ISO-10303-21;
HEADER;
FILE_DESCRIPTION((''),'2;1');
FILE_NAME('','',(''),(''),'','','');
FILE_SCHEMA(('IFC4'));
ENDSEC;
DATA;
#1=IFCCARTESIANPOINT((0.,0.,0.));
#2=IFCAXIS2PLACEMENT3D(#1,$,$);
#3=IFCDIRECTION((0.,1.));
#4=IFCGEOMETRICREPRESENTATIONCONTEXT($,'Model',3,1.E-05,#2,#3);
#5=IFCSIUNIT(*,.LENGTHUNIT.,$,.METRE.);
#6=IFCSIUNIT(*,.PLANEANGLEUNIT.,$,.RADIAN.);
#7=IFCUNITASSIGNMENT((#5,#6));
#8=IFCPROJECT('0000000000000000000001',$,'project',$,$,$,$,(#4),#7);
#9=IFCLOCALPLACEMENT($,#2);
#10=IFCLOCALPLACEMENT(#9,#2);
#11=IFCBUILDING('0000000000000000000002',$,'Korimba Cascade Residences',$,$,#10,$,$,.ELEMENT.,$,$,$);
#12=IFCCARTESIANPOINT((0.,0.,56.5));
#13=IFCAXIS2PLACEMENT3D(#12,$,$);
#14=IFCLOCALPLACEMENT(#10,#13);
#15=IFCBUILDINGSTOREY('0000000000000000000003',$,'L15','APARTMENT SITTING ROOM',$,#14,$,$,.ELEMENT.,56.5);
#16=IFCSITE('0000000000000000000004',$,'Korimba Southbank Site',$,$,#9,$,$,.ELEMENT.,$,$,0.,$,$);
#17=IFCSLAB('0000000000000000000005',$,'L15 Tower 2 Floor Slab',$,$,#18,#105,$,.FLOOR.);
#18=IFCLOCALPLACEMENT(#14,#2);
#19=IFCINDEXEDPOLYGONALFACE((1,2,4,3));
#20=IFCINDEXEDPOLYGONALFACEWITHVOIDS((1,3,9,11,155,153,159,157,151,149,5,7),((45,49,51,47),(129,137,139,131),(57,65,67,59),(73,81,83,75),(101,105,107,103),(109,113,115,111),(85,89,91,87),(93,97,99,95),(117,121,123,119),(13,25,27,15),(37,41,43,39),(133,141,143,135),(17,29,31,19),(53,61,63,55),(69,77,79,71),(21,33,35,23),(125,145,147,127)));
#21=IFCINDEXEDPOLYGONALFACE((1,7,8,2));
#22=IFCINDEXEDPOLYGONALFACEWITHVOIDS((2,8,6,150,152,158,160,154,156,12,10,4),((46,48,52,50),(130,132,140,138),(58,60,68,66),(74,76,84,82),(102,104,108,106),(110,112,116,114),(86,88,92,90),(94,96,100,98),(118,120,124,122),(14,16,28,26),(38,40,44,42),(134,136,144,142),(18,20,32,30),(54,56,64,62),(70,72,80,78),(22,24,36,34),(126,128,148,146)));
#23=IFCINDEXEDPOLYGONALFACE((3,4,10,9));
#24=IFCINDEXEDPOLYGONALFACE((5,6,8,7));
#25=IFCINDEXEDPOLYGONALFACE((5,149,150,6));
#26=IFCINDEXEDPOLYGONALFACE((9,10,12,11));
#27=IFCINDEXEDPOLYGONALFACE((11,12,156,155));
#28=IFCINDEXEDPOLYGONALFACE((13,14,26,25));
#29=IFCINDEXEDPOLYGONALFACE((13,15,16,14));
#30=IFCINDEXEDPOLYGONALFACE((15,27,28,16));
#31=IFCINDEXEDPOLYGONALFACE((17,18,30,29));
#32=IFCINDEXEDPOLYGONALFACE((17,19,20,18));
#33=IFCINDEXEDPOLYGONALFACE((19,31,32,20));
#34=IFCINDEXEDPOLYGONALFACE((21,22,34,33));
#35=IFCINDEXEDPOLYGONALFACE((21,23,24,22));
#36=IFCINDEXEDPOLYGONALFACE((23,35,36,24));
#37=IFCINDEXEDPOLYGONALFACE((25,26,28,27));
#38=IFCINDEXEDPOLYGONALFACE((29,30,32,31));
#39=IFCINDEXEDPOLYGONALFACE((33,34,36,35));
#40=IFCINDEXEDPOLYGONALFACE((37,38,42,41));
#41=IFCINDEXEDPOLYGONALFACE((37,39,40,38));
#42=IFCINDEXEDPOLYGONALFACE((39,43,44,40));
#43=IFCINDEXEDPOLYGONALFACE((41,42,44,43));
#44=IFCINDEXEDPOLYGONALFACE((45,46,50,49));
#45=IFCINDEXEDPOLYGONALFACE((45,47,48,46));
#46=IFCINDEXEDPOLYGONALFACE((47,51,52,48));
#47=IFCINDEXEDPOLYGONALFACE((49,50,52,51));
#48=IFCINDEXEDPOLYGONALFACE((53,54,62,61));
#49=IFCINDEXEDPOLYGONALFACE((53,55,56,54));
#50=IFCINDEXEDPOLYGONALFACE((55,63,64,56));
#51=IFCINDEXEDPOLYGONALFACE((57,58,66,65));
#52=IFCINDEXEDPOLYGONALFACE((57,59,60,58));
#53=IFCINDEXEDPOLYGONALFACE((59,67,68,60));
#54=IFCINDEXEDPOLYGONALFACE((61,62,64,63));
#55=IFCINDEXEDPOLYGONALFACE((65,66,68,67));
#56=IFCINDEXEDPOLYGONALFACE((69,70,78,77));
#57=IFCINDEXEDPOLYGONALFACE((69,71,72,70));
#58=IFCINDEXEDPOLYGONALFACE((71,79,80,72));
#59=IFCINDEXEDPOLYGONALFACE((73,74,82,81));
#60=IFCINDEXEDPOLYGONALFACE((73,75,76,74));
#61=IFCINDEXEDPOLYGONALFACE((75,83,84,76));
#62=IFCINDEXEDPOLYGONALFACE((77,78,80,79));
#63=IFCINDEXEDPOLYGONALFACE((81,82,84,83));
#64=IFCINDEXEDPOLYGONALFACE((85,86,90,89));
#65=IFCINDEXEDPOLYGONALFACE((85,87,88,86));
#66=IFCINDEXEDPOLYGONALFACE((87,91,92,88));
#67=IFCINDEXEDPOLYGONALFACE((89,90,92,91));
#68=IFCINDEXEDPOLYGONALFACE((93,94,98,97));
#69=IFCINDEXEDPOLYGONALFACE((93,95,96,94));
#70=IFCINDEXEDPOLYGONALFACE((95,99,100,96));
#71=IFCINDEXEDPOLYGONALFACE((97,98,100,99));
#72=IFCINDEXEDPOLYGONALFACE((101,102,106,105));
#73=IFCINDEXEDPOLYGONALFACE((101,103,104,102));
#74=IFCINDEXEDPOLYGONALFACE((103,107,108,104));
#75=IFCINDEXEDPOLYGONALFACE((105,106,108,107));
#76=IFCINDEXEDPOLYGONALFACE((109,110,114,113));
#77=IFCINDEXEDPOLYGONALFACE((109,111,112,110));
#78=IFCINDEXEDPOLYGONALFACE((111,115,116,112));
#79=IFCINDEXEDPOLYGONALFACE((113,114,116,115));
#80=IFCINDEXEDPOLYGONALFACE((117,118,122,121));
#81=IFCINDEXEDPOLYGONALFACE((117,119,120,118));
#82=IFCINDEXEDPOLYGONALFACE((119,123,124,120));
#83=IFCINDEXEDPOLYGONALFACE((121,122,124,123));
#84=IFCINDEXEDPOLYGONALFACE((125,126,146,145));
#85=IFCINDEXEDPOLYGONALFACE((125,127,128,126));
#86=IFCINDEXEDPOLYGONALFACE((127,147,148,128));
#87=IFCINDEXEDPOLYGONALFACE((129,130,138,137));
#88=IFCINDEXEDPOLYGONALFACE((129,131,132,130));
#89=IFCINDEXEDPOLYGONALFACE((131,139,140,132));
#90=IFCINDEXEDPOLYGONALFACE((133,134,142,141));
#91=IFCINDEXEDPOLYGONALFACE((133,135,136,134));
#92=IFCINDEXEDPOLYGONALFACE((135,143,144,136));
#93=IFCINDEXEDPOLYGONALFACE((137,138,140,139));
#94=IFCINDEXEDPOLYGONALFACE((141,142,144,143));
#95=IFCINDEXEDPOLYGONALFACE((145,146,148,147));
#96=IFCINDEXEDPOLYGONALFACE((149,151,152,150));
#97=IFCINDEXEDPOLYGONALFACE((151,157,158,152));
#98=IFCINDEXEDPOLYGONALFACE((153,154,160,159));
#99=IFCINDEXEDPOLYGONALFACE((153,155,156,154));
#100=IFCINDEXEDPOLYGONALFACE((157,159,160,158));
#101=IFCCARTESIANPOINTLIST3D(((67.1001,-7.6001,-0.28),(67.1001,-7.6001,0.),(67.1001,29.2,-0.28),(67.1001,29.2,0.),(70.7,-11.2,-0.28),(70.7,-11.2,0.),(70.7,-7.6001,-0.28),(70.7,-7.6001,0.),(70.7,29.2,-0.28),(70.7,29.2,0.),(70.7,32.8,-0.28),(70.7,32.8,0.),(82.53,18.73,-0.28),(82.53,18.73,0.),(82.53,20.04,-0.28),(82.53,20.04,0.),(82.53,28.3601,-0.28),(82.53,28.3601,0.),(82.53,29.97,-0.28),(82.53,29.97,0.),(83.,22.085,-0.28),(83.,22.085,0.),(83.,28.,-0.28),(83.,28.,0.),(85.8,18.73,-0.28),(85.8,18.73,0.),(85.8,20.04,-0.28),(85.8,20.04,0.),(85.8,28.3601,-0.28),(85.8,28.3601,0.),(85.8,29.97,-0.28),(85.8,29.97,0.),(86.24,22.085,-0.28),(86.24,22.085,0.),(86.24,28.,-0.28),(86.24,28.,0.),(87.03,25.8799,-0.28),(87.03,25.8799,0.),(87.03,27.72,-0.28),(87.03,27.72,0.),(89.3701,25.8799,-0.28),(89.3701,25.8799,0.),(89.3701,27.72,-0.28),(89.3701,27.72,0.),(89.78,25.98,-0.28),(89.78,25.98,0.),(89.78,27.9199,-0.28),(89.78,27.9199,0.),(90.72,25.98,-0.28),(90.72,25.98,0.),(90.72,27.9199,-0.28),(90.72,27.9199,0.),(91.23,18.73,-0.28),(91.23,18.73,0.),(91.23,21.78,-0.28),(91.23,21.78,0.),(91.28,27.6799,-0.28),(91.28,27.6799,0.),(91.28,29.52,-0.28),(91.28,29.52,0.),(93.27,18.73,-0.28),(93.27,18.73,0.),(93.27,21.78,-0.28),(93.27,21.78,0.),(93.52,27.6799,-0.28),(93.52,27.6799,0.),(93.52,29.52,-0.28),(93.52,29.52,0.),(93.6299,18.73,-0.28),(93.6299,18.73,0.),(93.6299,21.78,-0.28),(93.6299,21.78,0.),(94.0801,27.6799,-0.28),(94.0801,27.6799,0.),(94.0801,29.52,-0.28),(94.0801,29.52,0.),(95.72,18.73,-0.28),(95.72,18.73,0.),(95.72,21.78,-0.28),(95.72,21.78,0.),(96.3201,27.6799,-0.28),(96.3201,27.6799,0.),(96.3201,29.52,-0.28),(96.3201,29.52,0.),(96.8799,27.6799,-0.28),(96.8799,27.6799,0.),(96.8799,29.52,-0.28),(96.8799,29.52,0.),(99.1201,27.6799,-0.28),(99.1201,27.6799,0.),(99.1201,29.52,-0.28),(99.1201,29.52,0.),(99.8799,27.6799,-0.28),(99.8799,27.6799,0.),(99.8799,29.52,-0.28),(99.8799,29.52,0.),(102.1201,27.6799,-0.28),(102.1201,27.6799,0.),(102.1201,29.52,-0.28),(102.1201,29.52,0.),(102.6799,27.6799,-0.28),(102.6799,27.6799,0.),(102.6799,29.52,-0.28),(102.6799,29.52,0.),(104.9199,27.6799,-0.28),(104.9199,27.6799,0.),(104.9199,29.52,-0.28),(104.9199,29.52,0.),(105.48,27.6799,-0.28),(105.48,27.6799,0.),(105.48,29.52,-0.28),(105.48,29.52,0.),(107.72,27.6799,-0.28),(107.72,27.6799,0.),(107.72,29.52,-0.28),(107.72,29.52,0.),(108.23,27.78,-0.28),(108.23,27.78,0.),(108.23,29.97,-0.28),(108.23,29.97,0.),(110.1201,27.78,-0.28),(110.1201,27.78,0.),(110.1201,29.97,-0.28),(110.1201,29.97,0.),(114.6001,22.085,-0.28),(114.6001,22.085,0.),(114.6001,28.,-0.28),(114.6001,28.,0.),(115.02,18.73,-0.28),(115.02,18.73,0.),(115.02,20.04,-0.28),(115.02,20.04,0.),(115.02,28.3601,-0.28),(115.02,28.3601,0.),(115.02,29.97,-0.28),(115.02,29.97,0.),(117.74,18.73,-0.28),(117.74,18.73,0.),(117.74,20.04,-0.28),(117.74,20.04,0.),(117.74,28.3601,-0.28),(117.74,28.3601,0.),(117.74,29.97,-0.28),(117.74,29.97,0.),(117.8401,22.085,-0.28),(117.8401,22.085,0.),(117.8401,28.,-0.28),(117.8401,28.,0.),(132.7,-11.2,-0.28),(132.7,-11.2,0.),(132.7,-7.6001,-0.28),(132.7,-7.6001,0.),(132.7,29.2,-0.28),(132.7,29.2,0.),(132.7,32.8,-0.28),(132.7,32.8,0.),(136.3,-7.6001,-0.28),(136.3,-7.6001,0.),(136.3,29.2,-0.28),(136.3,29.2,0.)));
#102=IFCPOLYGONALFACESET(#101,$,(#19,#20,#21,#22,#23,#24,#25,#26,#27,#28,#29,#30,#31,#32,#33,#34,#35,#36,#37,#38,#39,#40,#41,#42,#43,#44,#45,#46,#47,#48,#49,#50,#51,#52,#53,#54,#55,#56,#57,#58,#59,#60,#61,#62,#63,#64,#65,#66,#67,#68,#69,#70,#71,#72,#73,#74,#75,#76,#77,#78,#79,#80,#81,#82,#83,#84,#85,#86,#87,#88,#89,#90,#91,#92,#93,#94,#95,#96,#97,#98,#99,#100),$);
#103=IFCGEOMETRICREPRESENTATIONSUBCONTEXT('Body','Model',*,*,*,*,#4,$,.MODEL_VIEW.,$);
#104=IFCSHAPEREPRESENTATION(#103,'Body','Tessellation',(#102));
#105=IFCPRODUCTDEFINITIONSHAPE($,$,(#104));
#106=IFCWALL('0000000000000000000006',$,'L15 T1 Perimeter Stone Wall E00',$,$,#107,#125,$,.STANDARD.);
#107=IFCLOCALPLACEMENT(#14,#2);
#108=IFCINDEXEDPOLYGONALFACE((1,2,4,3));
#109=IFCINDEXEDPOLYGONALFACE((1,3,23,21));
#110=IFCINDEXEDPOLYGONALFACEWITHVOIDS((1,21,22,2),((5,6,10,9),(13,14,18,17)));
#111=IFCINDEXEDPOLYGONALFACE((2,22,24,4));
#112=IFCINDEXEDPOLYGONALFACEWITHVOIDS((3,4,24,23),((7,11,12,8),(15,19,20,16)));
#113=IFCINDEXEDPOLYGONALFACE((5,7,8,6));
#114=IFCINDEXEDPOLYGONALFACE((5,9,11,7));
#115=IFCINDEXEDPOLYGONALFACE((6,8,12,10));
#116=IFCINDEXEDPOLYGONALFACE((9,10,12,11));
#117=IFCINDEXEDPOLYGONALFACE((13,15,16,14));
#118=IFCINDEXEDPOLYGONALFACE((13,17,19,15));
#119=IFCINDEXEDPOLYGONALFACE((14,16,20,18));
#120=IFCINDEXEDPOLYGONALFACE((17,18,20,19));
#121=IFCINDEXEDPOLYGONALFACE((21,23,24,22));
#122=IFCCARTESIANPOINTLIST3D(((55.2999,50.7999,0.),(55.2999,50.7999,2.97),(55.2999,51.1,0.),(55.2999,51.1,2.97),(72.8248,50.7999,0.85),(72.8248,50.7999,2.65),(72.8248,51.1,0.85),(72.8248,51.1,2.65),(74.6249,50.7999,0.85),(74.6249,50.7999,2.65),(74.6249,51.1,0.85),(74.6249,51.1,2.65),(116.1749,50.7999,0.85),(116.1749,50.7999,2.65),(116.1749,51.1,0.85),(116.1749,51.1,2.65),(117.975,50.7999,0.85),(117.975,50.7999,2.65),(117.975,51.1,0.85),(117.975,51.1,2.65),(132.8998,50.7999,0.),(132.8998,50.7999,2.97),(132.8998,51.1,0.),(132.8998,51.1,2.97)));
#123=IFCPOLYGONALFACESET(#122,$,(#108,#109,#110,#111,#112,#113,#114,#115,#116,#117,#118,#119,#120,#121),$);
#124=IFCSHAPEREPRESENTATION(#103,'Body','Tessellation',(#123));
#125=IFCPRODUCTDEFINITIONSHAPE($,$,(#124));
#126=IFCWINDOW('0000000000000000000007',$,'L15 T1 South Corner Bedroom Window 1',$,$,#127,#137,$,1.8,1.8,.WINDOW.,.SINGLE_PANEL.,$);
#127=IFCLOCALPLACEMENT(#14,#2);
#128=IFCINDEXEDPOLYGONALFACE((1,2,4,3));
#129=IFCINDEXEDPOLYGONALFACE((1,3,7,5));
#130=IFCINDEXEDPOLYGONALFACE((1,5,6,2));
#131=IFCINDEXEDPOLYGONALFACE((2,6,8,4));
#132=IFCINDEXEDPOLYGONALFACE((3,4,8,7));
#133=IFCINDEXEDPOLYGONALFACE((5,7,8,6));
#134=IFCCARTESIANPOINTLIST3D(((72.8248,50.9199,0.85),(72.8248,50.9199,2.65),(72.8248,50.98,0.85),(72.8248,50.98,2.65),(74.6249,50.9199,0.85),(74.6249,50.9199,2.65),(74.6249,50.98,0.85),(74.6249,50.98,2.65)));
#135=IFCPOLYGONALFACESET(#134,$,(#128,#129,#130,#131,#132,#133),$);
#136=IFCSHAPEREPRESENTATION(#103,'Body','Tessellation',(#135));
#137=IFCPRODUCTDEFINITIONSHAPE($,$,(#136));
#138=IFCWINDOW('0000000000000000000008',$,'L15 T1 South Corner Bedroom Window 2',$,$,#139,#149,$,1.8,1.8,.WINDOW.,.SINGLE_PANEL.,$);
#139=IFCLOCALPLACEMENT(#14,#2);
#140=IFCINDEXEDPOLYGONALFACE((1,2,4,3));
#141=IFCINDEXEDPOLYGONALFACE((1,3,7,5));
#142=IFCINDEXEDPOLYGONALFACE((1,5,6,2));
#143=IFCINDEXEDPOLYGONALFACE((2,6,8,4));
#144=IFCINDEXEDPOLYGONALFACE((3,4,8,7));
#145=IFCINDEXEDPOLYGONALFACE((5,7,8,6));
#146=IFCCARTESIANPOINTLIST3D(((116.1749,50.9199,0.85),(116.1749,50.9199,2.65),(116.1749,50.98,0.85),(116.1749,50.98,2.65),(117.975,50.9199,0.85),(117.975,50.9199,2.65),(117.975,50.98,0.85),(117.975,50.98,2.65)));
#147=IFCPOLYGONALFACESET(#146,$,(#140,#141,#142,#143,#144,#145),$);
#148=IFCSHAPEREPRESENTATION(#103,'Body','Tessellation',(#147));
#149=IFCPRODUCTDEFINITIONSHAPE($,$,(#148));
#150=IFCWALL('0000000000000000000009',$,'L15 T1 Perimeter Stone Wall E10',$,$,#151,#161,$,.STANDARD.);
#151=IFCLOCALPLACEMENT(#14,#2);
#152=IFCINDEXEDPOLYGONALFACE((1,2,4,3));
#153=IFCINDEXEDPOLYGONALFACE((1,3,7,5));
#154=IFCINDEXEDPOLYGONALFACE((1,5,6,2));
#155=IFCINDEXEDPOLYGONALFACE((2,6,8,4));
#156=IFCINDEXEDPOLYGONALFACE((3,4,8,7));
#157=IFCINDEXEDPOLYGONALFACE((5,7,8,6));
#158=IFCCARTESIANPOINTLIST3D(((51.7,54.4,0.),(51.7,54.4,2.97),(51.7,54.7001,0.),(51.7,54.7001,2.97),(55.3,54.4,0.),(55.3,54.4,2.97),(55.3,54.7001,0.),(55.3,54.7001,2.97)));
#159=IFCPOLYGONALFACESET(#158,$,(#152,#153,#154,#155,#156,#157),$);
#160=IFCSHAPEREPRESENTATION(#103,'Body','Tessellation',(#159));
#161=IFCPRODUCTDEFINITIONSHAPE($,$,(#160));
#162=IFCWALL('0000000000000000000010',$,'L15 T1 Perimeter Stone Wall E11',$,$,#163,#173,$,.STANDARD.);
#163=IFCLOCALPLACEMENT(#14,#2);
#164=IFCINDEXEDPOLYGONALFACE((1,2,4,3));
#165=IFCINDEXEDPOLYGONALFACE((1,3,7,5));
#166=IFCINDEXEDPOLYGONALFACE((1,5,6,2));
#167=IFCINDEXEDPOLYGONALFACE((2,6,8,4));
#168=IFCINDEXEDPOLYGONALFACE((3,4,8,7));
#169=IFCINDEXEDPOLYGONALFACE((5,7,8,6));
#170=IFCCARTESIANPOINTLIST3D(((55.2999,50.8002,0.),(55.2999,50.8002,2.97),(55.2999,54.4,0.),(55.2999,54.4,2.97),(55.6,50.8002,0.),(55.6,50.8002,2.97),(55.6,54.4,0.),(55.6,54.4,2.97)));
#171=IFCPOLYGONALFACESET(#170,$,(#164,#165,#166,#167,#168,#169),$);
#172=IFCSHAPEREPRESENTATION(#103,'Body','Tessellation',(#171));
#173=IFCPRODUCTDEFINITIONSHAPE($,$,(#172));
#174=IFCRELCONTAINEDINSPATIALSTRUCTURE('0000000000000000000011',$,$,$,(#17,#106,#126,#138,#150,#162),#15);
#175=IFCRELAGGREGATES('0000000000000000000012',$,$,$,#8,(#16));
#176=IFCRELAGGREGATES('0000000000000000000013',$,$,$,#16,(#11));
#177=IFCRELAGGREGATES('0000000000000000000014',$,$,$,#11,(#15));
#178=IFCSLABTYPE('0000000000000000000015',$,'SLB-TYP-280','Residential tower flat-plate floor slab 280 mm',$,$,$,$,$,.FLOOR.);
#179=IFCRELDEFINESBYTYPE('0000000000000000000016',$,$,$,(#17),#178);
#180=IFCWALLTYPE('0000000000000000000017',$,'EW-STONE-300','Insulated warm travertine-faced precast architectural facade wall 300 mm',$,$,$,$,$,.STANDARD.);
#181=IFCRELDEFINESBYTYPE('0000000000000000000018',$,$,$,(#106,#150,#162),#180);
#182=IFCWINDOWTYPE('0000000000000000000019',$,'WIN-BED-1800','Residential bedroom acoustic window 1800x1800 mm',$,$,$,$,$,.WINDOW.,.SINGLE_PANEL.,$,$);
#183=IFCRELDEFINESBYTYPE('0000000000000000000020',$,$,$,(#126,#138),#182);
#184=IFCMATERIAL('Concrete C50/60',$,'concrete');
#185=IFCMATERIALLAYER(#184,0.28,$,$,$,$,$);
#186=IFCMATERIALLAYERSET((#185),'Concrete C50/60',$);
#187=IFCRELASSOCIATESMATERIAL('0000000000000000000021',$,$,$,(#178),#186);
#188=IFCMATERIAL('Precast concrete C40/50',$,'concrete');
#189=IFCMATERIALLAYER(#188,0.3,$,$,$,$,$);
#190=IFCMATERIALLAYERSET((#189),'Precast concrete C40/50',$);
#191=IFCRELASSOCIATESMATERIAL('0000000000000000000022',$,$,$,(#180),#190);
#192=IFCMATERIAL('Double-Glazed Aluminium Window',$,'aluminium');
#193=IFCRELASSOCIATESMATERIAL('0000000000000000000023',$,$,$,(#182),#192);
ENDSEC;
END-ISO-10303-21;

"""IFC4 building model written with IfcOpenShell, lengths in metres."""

from ifc_helpers import new_model, si_unit, direction, frame, frame_2d, origin, place, context, subcontext, project, spatial, polyline, rectangle, outline, extrude, material, layer, layer_set, type_object, element, fill, save


model = new_model("IFC4")

# Units and contexts
model_context = context("Model", 3, precision=1e-05, world=origin(), true_north=direction((0.0, 1.0)))
body_context = subcontext(model_context, "Body", "Model", "MODEL_VIEW")
ifc_project = project(units=[si_unit("LENGTHUNIT", "METRE"), si_unit("PLANEANGLEUNIT", "RADIAN")], contexts=[model_context])

# Site, building, storey
site_placement = place(None, origin())
site = spatial("IfcSite", under=ifc_project, at=site_placement, Name="Korimba Southbank Site", CompositionType="ELEMENT", RefElevation=0.0)
building_placement = place(site_placement, origin())
building = spatial("IfcBuilding", under=site, at=building_placement, Name="Korimba Cascade Residences", CompositionType="ELEMENT")
storey_placement = place(building_placement, frame((0.0, 0.0, 56.5)))
storey = spatial("IfcBuildingStorey", under=building, at=storey_placement, Name="L15", Description="APARTMENT SITTING ROOM", CompositionType="ELEMENT", Elevation=56.5)

# Shared definitions
ifc_material_1 = material(Name="Concrete C50/60", Category="concrete")

# Slab
ifc_material_2 = material(Name="Precast concrete C40/50", Category="concrete")
ifc_layer_1 = layer(ifc_material_1, 0.28)
ifc_layer_set_1 = layer_set([ifc_layer_1], Name="Concrete C50/60")
slab_type_1 = type_object("IfcSlabType", Name="SLB-TYP-280", Description="Residential tower flat-plate floor slab 280 mm", PredefinedType="FLOOR", material=ifc_layer_set_1)
slab_1_placement = place(storey_placement, frame((0.0, 0.0, -0.28)))
element("IfcSlab", 1, at=slab_1_placement, inside=storey, type_object=slab_type_1, Name="L15 Tower 2 Floor Slab", PredefinedType="FLOOR", context=body_context, shape_type="SweptSolid", body=[
    extrude(outline(polyline([(70.7, -11.2), (132.7, -11.2), (132.7, -7.6001), (136.3, -7.6001), (136.3, 29.2), (132.7, 29.2), (132.7, 32.8), (70.7, 32.8), (70.7, 29.2), (67.1001, 29.2), (67.1001, -7.6001), (70.7, -7.6001), (70.7, -11.2)]), holes=[polyline([(86.24, 22.085), (86.24, 28.0), (83.0, 28.0), (83.0, 22.085), (86.24, 22.085)]), polyline([(117.8401, 22.085), (117.8401, 28.0), (114.6001, 28.0), (114.6001, 22.085), (117.8401, 22.085)]), polyline([(87.03, 25.8799), (89.3701, 25.8799), (89.3701, 27.72), (87.03, 27.72), (87.03, 25.8799)]), polyline([(91.28, 27.6799), (93.52, 27.6799), (93.52, 29.52), (91.28, 29.52), (91.28, 27.6799)]), polyline([(94.0801, 27.6799), (96.3201, 27.6799), (96.3201, 29.52), (94.0801, 29.52), (94.0801, 27.6799)]), polyline([(96.8799, 27.6799), (99.1201, 27.6799), (99.1201, 29.52), (96.8799, 29.52), (96.8799, 27.6799)]), polyline([(99.8799, 27.6799), (102.1201, 27.6799), (102.1201, 29.52), (99.8799, 29.52), (99.8799, 27.6799)]), polyline([(102.6799, 27.6799), (104.9199, 27.6799), (104.9199, 29.52), (102.6799, 29.52), (102.6799, 27.6799)]), polyline([(105.48, 27.6799), (107.72, 27.6799), (107.72, 29.52), (105.48, 29.52), (105.48, 27.6799)]), polyline([(89.78, 25.98), (90.72, 25.98), (90.72, 27.9199), (89.78, 27.9199), (89.78, 25.98)]), polyline([(82.53, 18.73), (85.8, 18.73), (85.8, 20.04), (82.53, 20.04), (82.53, 18.73)]), polyline([(82.53, 28.3601), (85.8, 28.3601), (85.8, 29.97), (82.53, 29.97), (82.53, 28.3601)]), polyline([(108.23, 27.78), (110.1201, 27.78), (110.1201, 29.97), (108.23, 29.97), (108.23, 27.78)]), polyline([(91.23, 18.73), (93.27, 18.73), (93.27, 21.78), (91.23, 21.78), (91.23, 18.73)]), polyline([(93.6299, 18.73), (95.72, 18.73), (95.72, 21.78), (93.6299, 21.78), (93.6299, 18.73)]), polyline([(115.02, 18.73), (117.74, 18.73), (117.74, 20.04), (115.02, 20.04), (115.02, 18.73)]), polyline([(115.02, 28.3601), (117.74, 28.3601), (117.74, 29.97), (115.02, 29.97), (115.02, 28.3601)])]), origin(), (0.0, 0.0, 1.0), 0.28),
])

# Wall, openings, windows
ifc_layer_2 = layer(ifc_material_2, 0.3)
ifc_layer_set_2 = layer_set([ifc_layer_2], Name="Precast concrete C40/50")
wall_type_1 = type_object("IfcWallType", Name="EW-STONE-300", Description="Insulated warm travertine-faced precast architectural facade wall 300 mm", PredefinedType="STANDARD", material=ifc_layer_set_2)
wall_1_placement = place(storey_placement, frame((55.3, 50.95, 0.0), z_axis=(0.0, 0.0, 1.0), x_axis=(1.0, 0.0, 0.0)))
wall_1 = element("IfcWall", 2, at=wall_1_placement, inside=storey, type_object=wall_type_1, Name="L15 T1 Perimeter Stone Wall E00", PredefinedType="STANDARD", context=body_context, shape_type="SweptSolid", body=[
    extrude(rectangle(XDim=77.5999, YDim=0.3, at=frame_2d((38.7998, 0.0))), origin(), (0.0, 0.0, 1.0), 2.97),
])
opening_1_placement = place(wall_1_placement, frame((17.5249, 0.0, 0.8501)))
opening_1 = element("IfcOpeningElement", 3, at=opening_1_placement, cuts=wall_1, PredefinedType="OPENING", context=body_context, shape_type="SweptSolid", body=[
    extrude(rectangle(XDim=1.8, YDim=1.8, at=frame_2d((0.8999, 0.8999))), frame((0.0, 0.1602, 0.0), z_axis=(0.0, -1.0, 0.0), x_axis=(1.0, 0.0, 0.0)), (0.0, 0.0, 1.0), 0.3201),
])
opening_2_placement = place(wall_1_placement, frame((60.875, 0.0, 0.8501)))
opening_2 = element("IfcOpeningElement", 4, at=opening_2_placement, cuts=wall_1, PredefinedType="OPENING", context=body_context, shape_type="SweptSolid", body=[
    extrude(rectangle(XDim=1.8, YDim=1.8, at=frame_2d((0.8999, 0.8999))), frame((0.0, 0.1602, 0.0), z_axis=(0.0, -1.0, 0.0), x_axis=(1.0, 0.0, 0.0)), (0.0, 0.0, 1.0), 0.3201),
])
ifc_material_3 = material(Name="Double-Glazed Aluminium Window", Category="aluminium")
window_type = type_object("IfcWindowType", Name="WIN-BED-1800", Description="Residential bedroom acoustic window 1800x1800 mm", PartitioningType="SINGLE_PANEL", PredefinedType="WINDOW", material=ifc_material_3)
window_1_placement = place(opening_1_placement, origin())
window_1 = element("IfcWindow", 5, at=window_1_placement, inside=storey, type_object=window_type, Name="L15 T1 South Corner Bedroom Window 1", OverallHeight=1.8, OverallWidth=1.8, PartitioningType="SINGLE_PANEL", PredefinedType="WINDOW", context=body_context, shape_type="SweptSolid", body=[
    extrude(rectangle(XDim=1.8, YDim=1.8, at=frame_2d((0.8999, 0.8999))), frame((0.0, 0.03, 0.0), z_axis=(0.0, -1.0, 0.0), x_axis=(1.0, 0.0, 0.0)), (0.0, 0.0, 1.0), 0.0601),
])
fill(opening_1, window_1)
window_2_placement = place(opening_2_placement, origin())
window_2 = element("IfcWindow", 6, at=window_2_placement, inside=storey, type_object=window_type, Name="L15 T1 South Corner Bedroom Window 2", OverallHeight=1.8, OverallWidth=1.8, PartitioningType="SINGLE_PANEL", PredefinedType="WINDOW", context=body_context, shape_type="SweptSolid", body=[
    extrude(rectangle(XDim=1.8, YDim=1.8, at=frame_2d((0.8999, 0.8999))), frame((0.0, 0.03, 0.0), z_axis=(0.0, -1.0, 0.0), x_axis=(1.0, 0.0, 0.0)), (0.0, 0.0, 1.0), 0.0601),
])
fill(opening_2, window_2)

# Walls
wall_2_placement = place(storey_placement, frame((51.7, 54.55, 0.0), z_axis=(0.0, 0.0, 1.0), x_axis=(1.0, 0.0, 0.0)))
element("IfcWall", 7, at=wall_2_placement, inside=storey, type_object=wall_type_1, Name="L15 T1 Perimeter Stone Wall E10", PredefinedType="STANDARD", context=body_context, shape_type="SweptSolid", body=[
    extrude(rectangle(XDim=3.6001, YDim=0.3, at=frame_2d((1.8, 0.0))), origin(), (0.0, 0.0, 1.0), 2.97),
])
wall_3_placement = place(storey_placement, frame((55.45, 54.3999, 0.0), z_axis=(0.0, 0.0, 1.0), x_axis=(0.0, -1.0, 0.0)))
element("IfcWall", 8, at=wall_3_placement, inside=storey, type_object=wall_type_1, Name="L15 T1 Perimeter Stone Wall E11", PredefinedType="STANDARD", context=body_context, shape_type="SweptSolid", body=[
    extrude(rectangle(XDim=3.5999, YDim=0.3, at=frame_2d((1.7998, 0.0))), origin(), (0.0, 0.0, 1.0), 2.97),
])

save(model, "model.ifc")
